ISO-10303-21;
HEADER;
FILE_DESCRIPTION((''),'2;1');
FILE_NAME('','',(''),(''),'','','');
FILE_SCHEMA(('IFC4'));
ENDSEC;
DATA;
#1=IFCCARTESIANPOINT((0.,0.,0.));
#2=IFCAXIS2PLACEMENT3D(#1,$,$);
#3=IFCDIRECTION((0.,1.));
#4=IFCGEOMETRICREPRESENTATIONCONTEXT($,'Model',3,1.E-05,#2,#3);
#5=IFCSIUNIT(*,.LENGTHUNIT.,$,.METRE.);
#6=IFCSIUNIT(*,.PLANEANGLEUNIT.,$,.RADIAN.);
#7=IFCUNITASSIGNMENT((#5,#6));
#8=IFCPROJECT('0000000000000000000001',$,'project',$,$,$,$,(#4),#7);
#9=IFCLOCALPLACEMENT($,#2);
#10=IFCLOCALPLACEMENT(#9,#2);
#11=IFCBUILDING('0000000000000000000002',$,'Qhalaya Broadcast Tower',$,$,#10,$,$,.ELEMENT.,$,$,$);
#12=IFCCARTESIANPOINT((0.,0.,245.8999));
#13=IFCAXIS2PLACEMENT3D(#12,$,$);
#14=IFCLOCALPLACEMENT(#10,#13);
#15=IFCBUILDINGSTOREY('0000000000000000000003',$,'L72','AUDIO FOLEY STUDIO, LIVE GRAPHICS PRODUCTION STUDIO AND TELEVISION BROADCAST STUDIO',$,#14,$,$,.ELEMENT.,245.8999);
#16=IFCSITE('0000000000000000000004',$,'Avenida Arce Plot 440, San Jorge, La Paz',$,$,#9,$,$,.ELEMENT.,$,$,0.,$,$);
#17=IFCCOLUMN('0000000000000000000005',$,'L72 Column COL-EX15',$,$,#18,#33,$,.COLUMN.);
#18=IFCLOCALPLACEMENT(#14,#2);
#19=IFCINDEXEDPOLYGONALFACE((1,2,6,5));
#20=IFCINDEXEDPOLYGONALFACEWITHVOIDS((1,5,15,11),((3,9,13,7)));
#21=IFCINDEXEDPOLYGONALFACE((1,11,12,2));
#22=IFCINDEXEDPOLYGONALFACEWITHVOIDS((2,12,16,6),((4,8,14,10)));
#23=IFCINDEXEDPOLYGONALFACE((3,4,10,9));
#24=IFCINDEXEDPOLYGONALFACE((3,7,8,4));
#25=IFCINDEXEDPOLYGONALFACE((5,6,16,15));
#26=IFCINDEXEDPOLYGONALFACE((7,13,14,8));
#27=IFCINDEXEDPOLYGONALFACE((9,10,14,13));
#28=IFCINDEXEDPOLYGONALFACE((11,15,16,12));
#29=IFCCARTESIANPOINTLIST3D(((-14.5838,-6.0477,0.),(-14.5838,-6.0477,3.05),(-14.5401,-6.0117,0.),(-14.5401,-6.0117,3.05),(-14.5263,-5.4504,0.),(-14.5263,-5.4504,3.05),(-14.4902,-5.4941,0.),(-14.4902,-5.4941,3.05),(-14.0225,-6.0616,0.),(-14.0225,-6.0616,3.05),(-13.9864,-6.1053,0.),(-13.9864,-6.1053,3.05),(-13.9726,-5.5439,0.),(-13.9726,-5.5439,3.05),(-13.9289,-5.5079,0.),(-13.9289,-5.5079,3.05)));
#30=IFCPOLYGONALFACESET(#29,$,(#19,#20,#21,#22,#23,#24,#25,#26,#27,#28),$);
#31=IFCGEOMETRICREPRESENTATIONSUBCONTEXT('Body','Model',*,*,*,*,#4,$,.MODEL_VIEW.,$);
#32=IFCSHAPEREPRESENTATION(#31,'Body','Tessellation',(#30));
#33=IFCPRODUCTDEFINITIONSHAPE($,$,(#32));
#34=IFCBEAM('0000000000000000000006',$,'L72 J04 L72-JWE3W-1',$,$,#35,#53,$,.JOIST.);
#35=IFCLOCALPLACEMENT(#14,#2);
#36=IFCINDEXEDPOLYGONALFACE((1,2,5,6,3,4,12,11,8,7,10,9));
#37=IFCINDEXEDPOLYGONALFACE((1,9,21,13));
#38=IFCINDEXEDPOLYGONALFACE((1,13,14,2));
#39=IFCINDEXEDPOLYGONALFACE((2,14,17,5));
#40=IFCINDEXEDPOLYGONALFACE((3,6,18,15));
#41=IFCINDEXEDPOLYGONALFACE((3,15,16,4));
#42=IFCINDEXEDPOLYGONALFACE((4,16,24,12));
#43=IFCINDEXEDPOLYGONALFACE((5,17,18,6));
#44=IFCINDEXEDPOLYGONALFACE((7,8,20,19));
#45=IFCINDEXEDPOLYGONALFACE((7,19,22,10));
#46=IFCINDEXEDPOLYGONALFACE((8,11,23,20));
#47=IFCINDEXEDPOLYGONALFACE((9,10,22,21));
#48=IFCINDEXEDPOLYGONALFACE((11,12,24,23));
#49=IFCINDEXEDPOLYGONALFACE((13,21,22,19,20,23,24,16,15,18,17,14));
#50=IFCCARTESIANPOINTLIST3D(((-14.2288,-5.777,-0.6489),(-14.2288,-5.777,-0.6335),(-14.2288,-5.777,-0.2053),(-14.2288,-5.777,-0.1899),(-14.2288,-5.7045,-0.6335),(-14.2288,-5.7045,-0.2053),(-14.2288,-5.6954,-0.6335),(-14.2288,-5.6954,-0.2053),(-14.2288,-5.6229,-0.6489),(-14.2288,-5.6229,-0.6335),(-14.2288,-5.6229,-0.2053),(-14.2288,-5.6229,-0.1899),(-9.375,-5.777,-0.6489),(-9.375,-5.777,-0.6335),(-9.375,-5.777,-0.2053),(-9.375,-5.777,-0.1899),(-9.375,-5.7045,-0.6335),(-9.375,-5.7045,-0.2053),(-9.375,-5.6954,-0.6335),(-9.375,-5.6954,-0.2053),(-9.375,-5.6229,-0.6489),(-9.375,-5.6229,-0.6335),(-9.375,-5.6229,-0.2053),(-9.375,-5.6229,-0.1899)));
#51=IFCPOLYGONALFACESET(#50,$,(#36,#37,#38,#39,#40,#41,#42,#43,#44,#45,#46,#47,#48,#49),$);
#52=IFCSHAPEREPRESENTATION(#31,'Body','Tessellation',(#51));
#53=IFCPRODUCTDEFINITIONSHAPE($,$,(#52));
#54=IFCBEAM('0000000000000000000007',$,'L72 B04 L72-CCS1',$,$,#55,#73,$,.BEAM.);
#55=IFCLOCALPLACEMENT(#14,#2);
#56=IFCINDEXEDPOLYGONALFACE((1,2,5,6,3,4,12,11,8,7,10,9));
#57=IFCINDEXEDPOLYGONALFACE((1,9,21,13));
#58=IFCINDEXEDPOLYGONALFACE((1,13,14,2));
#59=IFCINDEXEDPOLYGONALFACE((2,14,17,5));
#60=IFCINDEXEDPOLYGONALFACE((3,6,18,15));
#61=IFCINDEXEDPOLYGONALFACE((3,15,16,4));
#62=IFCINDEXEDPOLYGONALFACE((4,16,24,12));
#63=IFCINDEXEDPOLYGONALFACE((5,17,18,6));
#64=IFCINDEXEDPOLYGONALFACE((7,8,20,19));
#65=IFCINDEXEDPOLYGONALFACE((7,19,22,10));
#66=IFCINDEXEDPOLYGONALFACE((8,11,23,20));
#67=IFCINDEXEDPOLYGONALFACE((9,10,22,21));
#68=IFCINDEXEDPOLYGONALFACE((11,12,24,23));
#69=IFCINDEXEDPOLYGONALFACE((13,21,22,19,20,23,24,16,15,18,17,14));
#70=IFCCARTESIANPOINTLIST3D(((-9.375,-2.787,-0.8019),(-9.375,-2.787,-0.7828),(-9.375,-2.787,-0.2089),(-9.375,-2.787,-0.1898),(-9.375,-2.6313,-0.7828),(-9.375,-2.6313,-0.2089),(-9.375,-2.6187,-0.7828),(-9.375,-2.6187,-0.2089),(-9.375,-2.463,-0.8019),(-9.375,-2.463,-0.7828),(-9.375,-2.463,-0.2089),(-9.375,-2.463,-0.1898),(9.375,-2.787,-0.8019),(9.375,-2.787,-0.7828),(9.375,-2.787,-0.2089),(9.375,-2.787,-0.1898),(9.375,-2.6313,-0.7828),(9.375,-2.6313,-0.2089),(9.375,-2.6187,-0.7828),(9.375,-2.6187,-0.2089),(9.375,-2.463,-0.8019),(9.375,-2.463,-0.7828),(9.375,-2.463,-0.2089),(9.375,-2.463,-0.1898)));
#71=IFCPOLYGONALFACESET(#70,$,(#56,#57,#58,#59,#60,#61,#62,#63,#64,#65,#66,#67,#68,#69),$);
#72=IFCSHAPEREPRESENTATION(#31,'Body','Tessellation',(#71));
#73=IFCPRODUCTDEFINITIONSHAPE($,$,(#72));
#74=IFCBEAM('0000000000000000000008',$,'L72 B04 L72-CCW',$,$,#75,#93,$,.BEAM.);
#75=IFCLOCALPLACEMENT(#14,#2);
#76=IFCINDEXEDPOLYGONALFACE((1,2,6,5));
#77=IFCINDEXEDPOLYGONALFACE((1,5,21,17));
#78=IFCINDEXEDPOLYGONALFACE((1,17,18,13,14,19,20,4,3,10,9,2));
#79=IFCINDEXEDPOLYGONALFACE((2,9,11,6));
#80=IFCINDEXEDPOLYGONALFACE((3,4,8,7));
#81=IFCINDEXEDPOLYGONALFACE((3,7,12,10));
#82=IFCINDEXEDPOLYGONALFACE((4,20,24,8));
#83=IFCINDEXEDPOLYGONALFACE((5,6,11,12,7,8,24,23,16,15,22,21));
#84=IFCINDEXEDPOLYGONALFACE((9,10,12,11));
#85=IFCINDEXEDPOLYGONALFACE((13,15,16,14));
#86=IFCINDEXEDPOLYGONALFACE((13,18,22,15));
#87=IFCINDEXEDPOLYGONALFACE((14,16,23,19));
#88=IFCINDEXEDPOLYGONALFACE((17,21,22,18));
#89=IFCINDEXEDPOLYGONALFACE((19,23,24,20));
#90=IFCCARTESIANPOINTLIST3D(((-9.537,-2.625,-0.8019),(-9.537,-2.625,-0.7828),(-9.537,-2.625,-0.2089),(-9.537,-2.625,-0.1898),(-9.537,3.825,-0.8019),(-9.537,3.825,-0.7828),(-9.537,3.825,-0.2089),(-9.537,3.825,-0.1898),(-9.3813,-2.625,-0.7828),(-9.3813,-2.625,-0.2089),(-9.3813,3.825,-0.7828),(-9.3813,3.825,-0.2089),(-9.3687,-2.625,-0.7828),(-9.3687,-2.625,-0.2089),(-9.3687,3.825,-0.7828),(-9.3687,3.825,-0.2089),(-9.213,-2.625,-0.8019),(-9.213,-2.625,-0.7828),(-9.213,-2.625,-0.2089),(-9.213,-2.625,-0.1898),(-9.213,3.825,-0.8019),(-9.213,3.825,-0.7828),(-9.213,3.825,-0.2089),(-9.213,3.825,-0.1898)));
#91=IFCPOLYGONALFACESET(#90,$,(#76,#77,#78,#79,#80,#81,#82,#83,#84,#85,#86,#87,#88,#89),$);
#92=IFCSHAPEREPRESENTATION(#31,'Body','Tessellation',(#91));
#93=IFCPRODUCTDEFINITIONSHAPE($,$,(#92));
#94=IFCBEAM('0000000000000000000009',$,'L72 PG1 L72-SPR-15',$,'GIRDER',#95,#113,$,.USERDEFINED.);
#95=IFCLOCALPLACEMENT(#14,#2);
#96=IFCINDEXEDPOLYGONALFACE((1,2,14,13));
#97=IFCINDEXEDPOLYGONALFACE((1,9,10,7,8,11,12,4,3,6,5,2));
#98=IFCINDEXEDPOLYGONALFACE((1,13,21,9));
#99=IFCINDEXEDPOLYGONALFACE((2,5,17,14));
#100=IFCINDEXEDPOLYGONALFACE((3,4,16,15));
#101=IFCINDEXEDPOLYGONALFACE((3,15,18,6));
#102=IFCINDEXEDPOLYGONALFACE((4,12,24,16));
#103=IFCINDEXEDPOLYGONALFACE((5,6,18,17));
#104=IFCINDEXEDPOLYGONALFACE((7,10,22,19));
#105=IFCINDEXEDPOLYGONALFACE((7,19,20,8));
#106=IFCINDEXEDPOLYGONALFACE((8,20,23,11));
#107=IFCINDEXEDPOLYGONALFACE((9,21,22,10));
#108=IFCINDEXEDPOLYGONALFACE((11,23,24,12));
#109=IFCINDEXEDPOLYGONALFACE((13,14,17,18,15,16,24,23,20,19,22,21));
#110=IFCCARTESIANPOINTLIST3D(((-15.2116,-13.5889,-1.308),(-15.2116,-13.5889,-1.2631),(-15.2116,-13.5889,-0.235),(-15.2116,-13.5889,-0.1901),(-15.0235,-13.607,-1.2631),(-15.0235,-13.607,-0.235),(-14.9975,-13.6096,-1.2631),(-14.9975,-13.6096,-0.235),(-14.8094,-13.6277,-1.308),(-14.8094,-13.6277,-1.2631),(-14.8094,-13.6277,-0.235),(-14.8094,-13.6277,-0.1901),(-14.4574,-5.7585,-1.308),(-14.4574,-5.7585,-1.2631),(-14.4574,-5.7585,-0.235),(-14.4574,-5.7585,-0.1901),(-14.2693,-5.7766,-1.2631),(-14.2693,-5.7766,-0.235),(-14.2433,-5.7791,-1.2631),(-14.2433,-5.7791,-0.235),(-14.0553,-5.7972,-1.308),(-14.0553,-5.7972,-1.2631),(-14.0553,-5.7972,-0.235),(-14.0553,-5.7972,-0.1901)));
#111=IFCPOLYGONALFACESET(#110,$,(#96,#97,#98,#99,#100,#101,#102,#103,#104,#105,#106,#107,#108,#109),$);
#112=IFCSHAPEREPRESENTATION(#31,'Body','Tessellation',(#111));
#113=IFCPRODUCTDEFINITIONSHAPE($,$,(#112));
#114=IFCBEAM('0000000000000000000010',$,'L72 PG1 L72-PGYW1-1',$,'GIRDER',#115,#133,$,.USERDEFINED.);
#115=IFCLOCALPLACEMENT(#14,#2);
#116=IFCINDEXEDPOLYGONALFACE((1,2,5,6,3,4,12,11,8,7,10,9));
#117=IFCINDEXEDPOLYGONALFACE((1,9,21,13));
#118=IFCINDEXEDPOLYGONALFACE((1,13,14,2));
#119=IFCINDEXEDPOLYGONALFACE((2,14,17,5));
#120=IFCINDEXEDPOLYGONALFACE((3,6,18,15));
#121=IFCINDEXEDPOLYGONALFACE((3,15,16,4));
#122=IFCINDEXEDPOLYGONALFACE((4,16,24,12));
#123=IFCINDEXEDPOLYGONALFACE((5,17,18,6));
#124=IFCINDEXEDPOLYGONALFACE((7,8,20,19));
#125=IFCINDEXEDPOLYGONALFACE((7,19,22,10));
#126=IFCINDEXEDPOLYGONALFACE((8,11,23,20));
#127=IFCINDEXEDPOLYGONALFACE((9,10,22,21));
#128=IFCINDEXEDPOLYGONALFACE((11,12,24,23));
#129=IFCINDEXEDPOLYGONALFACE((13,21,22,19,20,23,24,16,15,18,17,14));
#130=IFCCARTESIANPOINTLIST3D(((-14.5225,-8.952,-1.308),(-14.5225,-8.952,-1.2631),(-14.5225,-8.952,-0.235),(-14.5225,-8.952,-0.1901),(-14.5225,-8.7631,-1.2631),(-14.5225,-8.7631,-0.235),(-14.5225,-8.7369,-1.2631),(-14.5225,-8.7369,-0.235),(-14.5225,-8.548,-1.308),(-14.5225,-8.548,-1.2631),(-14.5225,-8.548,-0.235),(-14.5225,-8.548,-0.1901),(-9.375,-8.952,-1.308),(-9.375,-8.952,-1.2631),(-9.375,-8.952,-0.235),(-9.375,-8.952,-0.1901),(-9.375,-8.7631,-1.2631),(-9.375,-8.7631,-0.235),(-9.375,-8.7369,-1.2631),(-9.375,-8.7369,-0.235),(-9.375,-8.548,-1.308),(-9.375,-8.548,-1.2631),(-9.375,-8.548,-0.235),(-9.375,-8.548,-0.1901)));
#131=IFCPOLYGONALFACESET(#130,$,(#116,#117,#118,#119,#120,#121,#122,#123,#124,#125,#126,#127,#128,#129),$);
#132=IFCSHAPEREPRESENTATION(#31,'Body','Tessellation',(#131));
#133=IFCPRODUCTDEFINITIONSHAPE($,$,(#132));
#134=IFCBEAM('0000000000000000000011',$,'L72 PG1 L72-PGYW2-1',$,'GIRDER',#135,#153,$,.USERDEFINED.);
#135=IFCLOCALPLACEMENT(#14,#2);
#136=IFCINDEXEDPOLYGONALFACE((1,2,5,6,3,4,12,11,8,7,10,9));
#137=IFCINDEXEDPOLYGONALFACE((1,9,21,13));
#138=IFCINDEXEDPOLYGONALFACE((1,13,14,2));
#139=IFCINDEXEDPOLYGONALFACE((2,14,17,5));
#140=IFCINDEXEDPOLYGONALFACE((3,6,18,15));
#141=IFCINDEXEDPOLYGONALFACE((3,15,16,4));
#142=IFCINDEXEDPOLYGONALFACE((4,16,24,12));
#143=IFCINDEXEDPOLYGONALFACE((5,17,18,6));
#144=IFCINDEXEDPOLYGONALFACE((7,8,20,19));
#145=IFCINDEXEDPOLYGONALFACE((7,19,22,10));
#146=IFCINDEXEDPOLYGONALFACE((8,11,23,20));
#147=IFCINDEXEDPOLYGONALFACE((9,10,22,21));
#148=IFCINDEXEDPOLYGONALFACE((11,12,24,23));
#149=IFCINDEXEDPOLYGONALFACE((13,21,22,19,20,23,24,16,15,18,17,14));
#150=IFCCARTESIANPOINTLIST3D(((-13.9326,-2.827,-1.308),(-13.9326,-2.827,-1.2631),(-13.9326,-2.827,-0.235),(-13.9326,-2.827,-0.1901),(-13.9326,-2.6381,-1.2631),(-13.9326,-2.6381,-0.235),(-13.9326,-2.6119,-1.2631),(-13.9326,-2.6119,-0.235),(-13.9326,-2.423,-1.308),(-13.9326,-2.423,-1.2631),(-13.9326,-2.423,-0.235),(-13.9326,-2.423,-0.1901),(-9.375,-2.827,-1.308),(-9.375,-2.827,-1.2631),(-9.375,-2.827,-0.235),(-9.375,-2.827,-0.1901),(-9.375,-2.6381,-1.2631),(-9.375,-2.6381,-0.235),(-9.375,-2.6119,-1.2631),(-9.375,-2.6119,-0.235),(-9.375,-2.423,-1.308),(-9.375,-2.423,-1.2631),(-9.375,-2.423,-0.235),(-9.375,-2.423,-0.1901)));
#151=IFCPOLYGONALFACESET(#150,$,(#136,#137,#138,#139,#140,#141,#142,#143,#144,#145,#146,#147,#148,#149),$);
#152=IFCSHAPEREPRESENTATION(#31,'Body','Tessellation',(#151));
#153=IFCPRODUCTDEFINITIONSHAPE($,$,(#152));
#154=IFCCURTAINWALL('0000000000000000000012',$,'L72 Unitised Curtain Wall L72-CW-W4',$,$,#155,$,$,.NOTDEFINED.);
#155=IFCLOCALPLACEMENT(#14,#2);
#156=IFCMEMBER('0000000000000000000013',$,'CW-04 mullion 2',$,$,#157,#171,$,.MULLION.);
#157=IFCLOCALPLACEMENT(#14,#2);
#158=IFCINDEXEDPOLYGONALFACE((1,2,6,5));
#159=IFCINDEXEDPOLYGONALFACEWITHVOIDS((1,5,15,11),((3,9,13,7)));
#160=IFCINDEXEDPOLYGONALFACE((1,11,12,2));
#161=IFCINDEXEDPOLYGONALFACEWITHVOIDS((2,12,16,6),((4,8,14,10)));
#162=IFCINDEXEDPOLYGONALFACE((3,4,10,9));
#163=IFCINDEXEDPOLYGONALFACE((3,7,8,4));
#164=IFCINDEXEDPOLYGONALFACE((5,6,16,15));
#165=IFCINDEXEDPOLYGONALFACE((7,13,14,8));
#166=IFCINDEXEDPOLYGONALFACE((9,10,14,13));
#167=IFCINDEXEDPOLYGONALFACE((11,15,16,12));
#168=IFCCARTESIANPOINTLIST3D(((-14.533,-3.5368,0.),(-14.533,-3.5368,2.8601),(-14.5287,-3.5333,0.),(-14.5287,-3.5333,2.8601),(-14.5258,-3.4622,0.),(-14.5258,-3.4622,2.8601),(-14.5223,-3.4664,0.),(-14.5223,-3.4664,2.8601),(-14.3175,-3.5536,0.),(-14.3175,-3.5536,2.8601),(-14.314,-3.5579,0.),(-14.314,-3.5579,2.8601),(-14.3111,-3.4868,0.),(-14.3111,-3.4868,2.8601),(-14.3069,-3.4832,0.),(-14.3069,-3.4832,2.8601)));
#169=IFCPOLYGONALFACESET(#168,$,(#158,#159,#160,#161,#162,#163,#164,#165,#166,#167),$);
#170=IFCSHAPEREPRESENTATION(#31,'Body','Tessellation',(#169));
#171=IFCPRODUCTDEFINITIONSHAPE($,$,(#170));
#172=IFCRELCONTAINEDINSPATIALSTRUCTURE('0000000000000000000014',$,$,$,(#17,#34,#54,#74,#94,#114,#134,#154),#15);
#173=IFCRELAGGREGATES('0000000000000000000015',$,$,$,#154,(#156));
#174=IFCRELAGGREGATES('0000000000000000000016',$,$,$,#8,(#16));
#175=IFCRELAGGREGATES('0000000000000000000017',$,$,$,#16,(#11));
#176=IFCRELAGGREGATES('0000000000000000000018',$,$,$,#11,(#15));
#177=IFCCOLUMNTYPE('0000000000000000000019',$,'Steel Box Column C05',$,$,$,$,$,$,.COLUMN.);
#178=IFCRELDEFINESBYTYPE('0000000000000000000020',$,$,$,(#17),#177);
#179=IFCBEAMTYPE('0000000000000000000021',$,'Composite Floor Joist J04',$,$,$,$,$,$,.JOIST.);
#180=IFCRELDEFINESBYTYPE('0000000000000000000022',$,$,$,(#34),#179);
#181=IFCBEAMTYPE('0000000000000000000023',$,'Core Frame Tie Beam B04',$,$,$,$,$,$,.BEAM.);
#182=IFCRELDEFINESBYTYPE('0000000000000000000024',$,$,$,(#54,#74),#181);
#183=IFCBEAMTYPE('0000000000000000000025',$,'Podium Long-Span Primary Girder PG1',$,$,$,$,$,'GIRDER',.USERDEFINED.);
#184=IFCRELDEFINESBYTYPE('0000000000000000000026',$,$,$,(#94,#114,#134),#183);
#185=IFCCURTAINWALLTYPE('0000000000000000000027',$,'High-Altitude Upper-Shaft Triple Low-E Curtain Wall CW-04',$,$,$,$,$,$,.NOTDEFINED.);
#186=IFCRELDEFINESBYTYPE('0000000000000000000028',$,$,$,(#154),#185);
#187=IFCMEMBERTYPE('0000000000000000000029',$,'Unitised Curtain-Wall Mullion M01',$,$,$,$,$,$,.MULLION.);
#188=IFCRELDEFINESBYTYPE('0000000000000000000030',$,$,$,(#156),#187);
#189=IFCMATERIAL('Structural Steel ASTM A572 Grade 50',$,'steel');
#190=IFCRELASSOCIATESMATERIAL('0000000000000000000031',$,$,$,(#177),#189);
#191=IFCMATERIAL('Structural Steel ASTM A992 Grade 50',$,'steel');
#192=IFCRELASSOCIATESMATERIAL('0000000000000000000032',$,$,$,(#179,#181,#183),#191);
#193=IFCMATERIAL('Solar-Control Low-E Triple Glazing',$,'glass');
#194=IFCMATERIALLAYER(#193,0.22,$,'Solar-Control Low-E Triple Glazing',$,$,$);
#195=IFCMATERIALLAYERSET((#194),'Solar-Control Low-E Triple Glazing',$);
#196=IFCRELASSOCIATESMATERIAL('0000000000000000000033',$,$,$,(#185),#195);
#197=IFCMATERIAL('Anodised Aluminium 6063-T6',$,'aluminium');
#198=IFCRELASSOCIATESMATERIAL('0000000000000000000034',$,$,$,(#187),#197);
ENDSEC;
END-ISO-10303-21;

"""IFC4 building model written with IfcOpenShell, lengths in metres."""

from ifc_helpers import new_model, si_unit, direction, frame, origin, origin_2d, place, context, subcontext, project, spatial, hollow_rectangle, i_section, extrude, material, layer, layer_set, material_profile, profile_set, type_object, element, aggregate, save


model = new_model("IFC4")

# Units and contexts
model_context = context("Model", 3, precision=1e-05, world=origin(), true_north=direction((0.0, 1.0)))
body_context = subcontext(model_context, "Body", "Model", "MODEL_VIEW")
ifc_project = project(units=[si_unit("LENGTHUNIT", "METRE"), si_unit("PLANEANGLEUNIT", "RADIAN")], contexts=[model_context])

# Site, building, storey
site_placement = place(None, origin())
site = spatial("IfcSite", under=ifc_project, at=site_placement, Name="Avenida Arce Plot 440, San Jorge, La Paz", CompositionType="ELEMENT", RefElevation=0.0)
building_placement = place(site_placement, origin())
building = spatial("IfcBuilding", under=site, at=building_placement, Name="Qhalaya Broadcast Tower", CompositionType="ELEMENT")
storey_placement = place(building_placement, frame((0.0, 0.0, 245.8999)))
storey = spatial("IfcBuildingStorey", under=building, at=storey_placement, Name="L72", Description="AUDIO FOLEY STUDIO, LIVE GRAPHICS PRODUCTION STUDIO AND TELEVISION BROADCAST STUDIO", CompositionType="ELEMENT", Elevation=245.8999)

# Column
ifc_material_1 = material(Name="Structural Steel ASTM A572 Grade 50", Category="steel")
ifc_material_profile_1 = material_profile(ifc_material_1, hollow_rectangle(XDim=0.6001, YDim=0.6001, WallThickness=0.04, at=origin_2d()), Name="BOX 600x600x40")
ifc_profile_set_1 = profile_set([ifc_material_profile_1], Name="Structural Steel ASTM A572 Grade 50")
column_type = type_object("IfcColumnType", Name="Steel Box Column C05", PredefinedType="COLUMN", material=ifc_profile_set_1)
column_placement = place(storey_placement, frame((-14.2563, -5.7778, 0.0), z_axis=(0.0, 0.0, 1.0), x_axis=(0.095846, 0.995396, 0.0)))
element("IfcColumn", 1, at=column_placement, inside=storey, type_object=column_type, Name="L72 Column COL-EX15", PredefinedType="COLUMN", context=body_context, shape_type="SweptSolid", body=[
    extrude(hollow_rectangle(XDim=0.6001, YDim=0.6001, WallThickness=0.04, at=origin_2d()), origin(), (0.0, 0.0, 1.0), 3.05),
])

# Beams
ifc_material_2 = material(Name="Structural Steel ASTM A992 Grade 50", Category="steel")
ifc_material_profile_2 = material_profile(ifc_material_2, i_section(OverallWidth=0.1541, OverallDepth=0.459, WebThickness=0.009, FlangeThickness=0.0154, at=origin_2d()), Name="W18X46")
ifc_profile_set_2 = profile_set([ifc_material_profile_2], Name="Structural Steel ASTM A992 Grade 50")
beam_type_1 = type_object("IfcBeamType", Name="Composite Floor Joist J04", PredefinedType="JOIST", material=ifc_profile_set_2)
beam_1_placement = place(storey_placement, frame((-14.2288, -5.7, -0.4194), z_axis=(1.0, 0.0, 0.0), x_axis=(0.0, 1.0, 0.0)))
element("IfcBeam", 2, at=beam_1_placement, inside=storey, type_object=beam_type_1, Name="L72 J04 L72-JWE3W-1", PredefinedType="JOIST", context=body_context, shape_type="SweptSolid", body=[
    extrude(i_section(OverallWidth=0.1541, OverallDepth=0.459, WebThickness=0.009, FlangeThickness=0.0154, at=origin_2d()), origin(), (0.0, 0.0, 1.0), 4.8538),
])
ifc_material_profile_3 = material_profile(ifc_material_2, i_section(OverallWidth=0.324, OverallDepth=0.6121, WebThickness=0.0127, FlangeThickness=0.019, at=origin_2d()), Name="W24X104")
ifc_profile_set_3 = profile_set([ifc_material_profile_3], Name="Structural Steel ASTM A992 Grade 50")
beam_type_2 = type_object("IfcBeamType", Name="Core Frame Tie Beam B04", PredefinedType="BEAM", material=ifc_profile_set_3)
beam_2_placement = place(storey_placement, frame((-9.375, -2.625, -0.4958), z_axis=(1.0, 0.0, 0.0), x_axis=(0.0, 1.0, 0.0)))
element("IfcBeam", 3, at=beam_2_placement, inside=storey, type_object=beam_type_2, Name="L72 B04 L72-CCS1", PredefinedType="BEAM", context=body_context, shape_type="SweptSolid", body=[
    extrude(i_section(OverallWidth=0.324, OverallDepth=0.6121, WebThickness=0.0127, FlangeThickness=0.019, at=origin_2d()), origin(), (0.0, 0.0, 1.0), 18.75),
])
beam_3_placement = place(storey_placement, frame((-9.375, -2.625, -0.4958), z_axis=(0.0, 1.0, 0.0), x_axis=(-1.0, 0.0, 0.0)))
element("IfcBeam", 4, at=beam_3_placement, inside=storey, type_object=beam_type_2, Name="L72 B04 L72-CCW", PredefinedType="BEAM", context=body_context, shape_type="SweptSolid", body=[
    extrude(i_section(OverallWidth=0.324, OverallDepth=0.6121, WebThickness=0.0127, FlangeThickness=0.019, at=origin_2d()), origin(), (0.0, 0.0, 1.0), 6.45),
])
ifc_material_profile_4 = material_profile(ifc_material_2, i_section(OverallWidth=0.4041, OverallDepth=1.1179, WebThickness=0.0261, FlangeThickness=0.0449, at=origin_2d()), Name="W44X335")
ifc_profile_set_4 = profile_set([ifc_material_profile_4], Name="Structural Steel ASTM A992 Grade 50")
beam_type_3 = type_object("IfcBeamType", Name="Podium Long-Span Primary Girder PG1", ElementType="GIRDER", PredefinedType="USERDEFINED", material=ifc_profile_set_4)
beam_4_placement = place(storey_placement, frame((-14.2563, -5.7778, -0.749), z_axis=(-0.095865, -0.995394, 0.0), x_axis=(0.995394, -0.095865, 0.0)))
element("IfcBeam", 5, at=beam_4_placement, inside=storey, type_object=beam_type_3, Name="L72 PG1 L72-SPR-15", ObjectType="GIRDER", PredefinedType="USERDEFINED", context=body_context, shape_type="SweptSolid", body=[
    extrude(i_section(OverallWidth=0.4041, OverallDepth=1.1179, WebThickness=0.0261, FlangeThickness=0.0449, at=origin_2d()), origin(), (0.0, 0.0, 1.0), 7.8667),
])
beam_5_placement = place(storey_placement, frame((-14.5225, -8.75, -0.749), z_axis=(1.0, 0.0, 0.0), x_axis=(0.0, 1.0, 0.0)))
element("IfcBeam", 6, at=beam_5_placement, inside=storey, type_object=beam_type_3, Name="L72 PG1 L72-PGYW1-1", ObjectType="GIRDER", PredefinedType="USERDEFINED", context=body_context, shape_type="SweptSolid", body=[
    extrude(i_section(OverallWidth=0.4041, OverallDepth=1.1179, WebThickness=0.0261, FlangeThickness=0.0449, at=origin_2d()), origin(), (0.0, 0.0, 1.0), 5.1475),
])
beam_6_placement = place(storey_placement, frame((-13.9326, -2.625, -0.749), z_axis=(1.0, 0.0, 0.0), x_axis=(0.0, 1.0, 0.0)))
element("IfcBeam", 7, at=beam_6_placement, inside=storey, type_object=beam_type_3, Name="L72 PG1 L72-PGYW2-1", ObjectType="GIRDER", PredefinedType="USERDEFINED", context=body_context, shape_type="SweptSolid", body=[
    extrude(i_section(OverallWidth=0.4041, OverallDepth=1.1179, WebThickness=0.0261, FlangeThickness=0.0449, at=origin_2d()), origin(), (0.0, 0.0, 1.0), 4.5576),
])

# Curtain wall, member
ifc_material_3 = material(Name="Solar-Control Low-E Triple Glazing", Category="glass")
ifc_layer_1 = layer(ifc_material_3, 0.22, Name="Solar-Control Low-E Triple Glazing")
ifc_layer_set_1 = layer_set([ifc_layer_1], Name="Solar-Control Low-E Triple Glazing")
curtain_wall_type_1 = type_object("IfcCurtainWallType", Name="High-Altitude Upper-Shaft Triple Low-E Curtain Wall CW-04", PredefinedType="NOTDEFINED", material=ifc_layer_set_1)
curtain_wall_1_placement = place(storey_placement, origin())
curtain_wall_1 = element("IfcCurtainWall", 8, at=curtain_wall_1_placement, inside=storey, type_object=curtain_wall_type_1, Name="L72 Unitised Curtain Wall L72-CW-W4", PredefinedType="NOTDEFINED")
ifc_material_4 = material(Name="Anodised Aluminium 6063-T6", Category="aluminium")
ifc_material_profile_5 = material_profile(ifc_material_4, hollow_rectangle(XDim=0.075, YDim=0.22, WallThickness=0.0039, at=origin_2d()), Name="ALU-MUL 75x220x4")
ifc_profile_set_5 = profile_set([ifc_material_profile_5], Name="Anodised Aluminium 6063-T6")
member_type_1 = type_object("IfcMemberType", Name="Unitised Curtain-Wall Mullion M01", PredefinedType="MULLION", material=ifc_profile_set_5)
member_1_placement = place(storey_placement, frame((-14.4199, -3.51, 0.0), z_axis=(0.0, 0.0, 1.0), x_axis=(-0.095835, -0.995397, 0.0)))
member_1 = element("IfcMember", 9, at=member_1_placement, type_object=member_type_1, Name="CW-04 mullion 2", PredefinedType="MULLION", context=body_context, shape_type="SweptSolid", body=[
    extrude(hollow_rectangle(XDim=0.075, YDim=0.22, WallThickness=0.0039, at=origin_2d()), origin(), (0.0, 0.0, 1.0), 2.8601),
])
aggregate(curtain_wall_1, [member_1])

save(model, "model.ifc")
